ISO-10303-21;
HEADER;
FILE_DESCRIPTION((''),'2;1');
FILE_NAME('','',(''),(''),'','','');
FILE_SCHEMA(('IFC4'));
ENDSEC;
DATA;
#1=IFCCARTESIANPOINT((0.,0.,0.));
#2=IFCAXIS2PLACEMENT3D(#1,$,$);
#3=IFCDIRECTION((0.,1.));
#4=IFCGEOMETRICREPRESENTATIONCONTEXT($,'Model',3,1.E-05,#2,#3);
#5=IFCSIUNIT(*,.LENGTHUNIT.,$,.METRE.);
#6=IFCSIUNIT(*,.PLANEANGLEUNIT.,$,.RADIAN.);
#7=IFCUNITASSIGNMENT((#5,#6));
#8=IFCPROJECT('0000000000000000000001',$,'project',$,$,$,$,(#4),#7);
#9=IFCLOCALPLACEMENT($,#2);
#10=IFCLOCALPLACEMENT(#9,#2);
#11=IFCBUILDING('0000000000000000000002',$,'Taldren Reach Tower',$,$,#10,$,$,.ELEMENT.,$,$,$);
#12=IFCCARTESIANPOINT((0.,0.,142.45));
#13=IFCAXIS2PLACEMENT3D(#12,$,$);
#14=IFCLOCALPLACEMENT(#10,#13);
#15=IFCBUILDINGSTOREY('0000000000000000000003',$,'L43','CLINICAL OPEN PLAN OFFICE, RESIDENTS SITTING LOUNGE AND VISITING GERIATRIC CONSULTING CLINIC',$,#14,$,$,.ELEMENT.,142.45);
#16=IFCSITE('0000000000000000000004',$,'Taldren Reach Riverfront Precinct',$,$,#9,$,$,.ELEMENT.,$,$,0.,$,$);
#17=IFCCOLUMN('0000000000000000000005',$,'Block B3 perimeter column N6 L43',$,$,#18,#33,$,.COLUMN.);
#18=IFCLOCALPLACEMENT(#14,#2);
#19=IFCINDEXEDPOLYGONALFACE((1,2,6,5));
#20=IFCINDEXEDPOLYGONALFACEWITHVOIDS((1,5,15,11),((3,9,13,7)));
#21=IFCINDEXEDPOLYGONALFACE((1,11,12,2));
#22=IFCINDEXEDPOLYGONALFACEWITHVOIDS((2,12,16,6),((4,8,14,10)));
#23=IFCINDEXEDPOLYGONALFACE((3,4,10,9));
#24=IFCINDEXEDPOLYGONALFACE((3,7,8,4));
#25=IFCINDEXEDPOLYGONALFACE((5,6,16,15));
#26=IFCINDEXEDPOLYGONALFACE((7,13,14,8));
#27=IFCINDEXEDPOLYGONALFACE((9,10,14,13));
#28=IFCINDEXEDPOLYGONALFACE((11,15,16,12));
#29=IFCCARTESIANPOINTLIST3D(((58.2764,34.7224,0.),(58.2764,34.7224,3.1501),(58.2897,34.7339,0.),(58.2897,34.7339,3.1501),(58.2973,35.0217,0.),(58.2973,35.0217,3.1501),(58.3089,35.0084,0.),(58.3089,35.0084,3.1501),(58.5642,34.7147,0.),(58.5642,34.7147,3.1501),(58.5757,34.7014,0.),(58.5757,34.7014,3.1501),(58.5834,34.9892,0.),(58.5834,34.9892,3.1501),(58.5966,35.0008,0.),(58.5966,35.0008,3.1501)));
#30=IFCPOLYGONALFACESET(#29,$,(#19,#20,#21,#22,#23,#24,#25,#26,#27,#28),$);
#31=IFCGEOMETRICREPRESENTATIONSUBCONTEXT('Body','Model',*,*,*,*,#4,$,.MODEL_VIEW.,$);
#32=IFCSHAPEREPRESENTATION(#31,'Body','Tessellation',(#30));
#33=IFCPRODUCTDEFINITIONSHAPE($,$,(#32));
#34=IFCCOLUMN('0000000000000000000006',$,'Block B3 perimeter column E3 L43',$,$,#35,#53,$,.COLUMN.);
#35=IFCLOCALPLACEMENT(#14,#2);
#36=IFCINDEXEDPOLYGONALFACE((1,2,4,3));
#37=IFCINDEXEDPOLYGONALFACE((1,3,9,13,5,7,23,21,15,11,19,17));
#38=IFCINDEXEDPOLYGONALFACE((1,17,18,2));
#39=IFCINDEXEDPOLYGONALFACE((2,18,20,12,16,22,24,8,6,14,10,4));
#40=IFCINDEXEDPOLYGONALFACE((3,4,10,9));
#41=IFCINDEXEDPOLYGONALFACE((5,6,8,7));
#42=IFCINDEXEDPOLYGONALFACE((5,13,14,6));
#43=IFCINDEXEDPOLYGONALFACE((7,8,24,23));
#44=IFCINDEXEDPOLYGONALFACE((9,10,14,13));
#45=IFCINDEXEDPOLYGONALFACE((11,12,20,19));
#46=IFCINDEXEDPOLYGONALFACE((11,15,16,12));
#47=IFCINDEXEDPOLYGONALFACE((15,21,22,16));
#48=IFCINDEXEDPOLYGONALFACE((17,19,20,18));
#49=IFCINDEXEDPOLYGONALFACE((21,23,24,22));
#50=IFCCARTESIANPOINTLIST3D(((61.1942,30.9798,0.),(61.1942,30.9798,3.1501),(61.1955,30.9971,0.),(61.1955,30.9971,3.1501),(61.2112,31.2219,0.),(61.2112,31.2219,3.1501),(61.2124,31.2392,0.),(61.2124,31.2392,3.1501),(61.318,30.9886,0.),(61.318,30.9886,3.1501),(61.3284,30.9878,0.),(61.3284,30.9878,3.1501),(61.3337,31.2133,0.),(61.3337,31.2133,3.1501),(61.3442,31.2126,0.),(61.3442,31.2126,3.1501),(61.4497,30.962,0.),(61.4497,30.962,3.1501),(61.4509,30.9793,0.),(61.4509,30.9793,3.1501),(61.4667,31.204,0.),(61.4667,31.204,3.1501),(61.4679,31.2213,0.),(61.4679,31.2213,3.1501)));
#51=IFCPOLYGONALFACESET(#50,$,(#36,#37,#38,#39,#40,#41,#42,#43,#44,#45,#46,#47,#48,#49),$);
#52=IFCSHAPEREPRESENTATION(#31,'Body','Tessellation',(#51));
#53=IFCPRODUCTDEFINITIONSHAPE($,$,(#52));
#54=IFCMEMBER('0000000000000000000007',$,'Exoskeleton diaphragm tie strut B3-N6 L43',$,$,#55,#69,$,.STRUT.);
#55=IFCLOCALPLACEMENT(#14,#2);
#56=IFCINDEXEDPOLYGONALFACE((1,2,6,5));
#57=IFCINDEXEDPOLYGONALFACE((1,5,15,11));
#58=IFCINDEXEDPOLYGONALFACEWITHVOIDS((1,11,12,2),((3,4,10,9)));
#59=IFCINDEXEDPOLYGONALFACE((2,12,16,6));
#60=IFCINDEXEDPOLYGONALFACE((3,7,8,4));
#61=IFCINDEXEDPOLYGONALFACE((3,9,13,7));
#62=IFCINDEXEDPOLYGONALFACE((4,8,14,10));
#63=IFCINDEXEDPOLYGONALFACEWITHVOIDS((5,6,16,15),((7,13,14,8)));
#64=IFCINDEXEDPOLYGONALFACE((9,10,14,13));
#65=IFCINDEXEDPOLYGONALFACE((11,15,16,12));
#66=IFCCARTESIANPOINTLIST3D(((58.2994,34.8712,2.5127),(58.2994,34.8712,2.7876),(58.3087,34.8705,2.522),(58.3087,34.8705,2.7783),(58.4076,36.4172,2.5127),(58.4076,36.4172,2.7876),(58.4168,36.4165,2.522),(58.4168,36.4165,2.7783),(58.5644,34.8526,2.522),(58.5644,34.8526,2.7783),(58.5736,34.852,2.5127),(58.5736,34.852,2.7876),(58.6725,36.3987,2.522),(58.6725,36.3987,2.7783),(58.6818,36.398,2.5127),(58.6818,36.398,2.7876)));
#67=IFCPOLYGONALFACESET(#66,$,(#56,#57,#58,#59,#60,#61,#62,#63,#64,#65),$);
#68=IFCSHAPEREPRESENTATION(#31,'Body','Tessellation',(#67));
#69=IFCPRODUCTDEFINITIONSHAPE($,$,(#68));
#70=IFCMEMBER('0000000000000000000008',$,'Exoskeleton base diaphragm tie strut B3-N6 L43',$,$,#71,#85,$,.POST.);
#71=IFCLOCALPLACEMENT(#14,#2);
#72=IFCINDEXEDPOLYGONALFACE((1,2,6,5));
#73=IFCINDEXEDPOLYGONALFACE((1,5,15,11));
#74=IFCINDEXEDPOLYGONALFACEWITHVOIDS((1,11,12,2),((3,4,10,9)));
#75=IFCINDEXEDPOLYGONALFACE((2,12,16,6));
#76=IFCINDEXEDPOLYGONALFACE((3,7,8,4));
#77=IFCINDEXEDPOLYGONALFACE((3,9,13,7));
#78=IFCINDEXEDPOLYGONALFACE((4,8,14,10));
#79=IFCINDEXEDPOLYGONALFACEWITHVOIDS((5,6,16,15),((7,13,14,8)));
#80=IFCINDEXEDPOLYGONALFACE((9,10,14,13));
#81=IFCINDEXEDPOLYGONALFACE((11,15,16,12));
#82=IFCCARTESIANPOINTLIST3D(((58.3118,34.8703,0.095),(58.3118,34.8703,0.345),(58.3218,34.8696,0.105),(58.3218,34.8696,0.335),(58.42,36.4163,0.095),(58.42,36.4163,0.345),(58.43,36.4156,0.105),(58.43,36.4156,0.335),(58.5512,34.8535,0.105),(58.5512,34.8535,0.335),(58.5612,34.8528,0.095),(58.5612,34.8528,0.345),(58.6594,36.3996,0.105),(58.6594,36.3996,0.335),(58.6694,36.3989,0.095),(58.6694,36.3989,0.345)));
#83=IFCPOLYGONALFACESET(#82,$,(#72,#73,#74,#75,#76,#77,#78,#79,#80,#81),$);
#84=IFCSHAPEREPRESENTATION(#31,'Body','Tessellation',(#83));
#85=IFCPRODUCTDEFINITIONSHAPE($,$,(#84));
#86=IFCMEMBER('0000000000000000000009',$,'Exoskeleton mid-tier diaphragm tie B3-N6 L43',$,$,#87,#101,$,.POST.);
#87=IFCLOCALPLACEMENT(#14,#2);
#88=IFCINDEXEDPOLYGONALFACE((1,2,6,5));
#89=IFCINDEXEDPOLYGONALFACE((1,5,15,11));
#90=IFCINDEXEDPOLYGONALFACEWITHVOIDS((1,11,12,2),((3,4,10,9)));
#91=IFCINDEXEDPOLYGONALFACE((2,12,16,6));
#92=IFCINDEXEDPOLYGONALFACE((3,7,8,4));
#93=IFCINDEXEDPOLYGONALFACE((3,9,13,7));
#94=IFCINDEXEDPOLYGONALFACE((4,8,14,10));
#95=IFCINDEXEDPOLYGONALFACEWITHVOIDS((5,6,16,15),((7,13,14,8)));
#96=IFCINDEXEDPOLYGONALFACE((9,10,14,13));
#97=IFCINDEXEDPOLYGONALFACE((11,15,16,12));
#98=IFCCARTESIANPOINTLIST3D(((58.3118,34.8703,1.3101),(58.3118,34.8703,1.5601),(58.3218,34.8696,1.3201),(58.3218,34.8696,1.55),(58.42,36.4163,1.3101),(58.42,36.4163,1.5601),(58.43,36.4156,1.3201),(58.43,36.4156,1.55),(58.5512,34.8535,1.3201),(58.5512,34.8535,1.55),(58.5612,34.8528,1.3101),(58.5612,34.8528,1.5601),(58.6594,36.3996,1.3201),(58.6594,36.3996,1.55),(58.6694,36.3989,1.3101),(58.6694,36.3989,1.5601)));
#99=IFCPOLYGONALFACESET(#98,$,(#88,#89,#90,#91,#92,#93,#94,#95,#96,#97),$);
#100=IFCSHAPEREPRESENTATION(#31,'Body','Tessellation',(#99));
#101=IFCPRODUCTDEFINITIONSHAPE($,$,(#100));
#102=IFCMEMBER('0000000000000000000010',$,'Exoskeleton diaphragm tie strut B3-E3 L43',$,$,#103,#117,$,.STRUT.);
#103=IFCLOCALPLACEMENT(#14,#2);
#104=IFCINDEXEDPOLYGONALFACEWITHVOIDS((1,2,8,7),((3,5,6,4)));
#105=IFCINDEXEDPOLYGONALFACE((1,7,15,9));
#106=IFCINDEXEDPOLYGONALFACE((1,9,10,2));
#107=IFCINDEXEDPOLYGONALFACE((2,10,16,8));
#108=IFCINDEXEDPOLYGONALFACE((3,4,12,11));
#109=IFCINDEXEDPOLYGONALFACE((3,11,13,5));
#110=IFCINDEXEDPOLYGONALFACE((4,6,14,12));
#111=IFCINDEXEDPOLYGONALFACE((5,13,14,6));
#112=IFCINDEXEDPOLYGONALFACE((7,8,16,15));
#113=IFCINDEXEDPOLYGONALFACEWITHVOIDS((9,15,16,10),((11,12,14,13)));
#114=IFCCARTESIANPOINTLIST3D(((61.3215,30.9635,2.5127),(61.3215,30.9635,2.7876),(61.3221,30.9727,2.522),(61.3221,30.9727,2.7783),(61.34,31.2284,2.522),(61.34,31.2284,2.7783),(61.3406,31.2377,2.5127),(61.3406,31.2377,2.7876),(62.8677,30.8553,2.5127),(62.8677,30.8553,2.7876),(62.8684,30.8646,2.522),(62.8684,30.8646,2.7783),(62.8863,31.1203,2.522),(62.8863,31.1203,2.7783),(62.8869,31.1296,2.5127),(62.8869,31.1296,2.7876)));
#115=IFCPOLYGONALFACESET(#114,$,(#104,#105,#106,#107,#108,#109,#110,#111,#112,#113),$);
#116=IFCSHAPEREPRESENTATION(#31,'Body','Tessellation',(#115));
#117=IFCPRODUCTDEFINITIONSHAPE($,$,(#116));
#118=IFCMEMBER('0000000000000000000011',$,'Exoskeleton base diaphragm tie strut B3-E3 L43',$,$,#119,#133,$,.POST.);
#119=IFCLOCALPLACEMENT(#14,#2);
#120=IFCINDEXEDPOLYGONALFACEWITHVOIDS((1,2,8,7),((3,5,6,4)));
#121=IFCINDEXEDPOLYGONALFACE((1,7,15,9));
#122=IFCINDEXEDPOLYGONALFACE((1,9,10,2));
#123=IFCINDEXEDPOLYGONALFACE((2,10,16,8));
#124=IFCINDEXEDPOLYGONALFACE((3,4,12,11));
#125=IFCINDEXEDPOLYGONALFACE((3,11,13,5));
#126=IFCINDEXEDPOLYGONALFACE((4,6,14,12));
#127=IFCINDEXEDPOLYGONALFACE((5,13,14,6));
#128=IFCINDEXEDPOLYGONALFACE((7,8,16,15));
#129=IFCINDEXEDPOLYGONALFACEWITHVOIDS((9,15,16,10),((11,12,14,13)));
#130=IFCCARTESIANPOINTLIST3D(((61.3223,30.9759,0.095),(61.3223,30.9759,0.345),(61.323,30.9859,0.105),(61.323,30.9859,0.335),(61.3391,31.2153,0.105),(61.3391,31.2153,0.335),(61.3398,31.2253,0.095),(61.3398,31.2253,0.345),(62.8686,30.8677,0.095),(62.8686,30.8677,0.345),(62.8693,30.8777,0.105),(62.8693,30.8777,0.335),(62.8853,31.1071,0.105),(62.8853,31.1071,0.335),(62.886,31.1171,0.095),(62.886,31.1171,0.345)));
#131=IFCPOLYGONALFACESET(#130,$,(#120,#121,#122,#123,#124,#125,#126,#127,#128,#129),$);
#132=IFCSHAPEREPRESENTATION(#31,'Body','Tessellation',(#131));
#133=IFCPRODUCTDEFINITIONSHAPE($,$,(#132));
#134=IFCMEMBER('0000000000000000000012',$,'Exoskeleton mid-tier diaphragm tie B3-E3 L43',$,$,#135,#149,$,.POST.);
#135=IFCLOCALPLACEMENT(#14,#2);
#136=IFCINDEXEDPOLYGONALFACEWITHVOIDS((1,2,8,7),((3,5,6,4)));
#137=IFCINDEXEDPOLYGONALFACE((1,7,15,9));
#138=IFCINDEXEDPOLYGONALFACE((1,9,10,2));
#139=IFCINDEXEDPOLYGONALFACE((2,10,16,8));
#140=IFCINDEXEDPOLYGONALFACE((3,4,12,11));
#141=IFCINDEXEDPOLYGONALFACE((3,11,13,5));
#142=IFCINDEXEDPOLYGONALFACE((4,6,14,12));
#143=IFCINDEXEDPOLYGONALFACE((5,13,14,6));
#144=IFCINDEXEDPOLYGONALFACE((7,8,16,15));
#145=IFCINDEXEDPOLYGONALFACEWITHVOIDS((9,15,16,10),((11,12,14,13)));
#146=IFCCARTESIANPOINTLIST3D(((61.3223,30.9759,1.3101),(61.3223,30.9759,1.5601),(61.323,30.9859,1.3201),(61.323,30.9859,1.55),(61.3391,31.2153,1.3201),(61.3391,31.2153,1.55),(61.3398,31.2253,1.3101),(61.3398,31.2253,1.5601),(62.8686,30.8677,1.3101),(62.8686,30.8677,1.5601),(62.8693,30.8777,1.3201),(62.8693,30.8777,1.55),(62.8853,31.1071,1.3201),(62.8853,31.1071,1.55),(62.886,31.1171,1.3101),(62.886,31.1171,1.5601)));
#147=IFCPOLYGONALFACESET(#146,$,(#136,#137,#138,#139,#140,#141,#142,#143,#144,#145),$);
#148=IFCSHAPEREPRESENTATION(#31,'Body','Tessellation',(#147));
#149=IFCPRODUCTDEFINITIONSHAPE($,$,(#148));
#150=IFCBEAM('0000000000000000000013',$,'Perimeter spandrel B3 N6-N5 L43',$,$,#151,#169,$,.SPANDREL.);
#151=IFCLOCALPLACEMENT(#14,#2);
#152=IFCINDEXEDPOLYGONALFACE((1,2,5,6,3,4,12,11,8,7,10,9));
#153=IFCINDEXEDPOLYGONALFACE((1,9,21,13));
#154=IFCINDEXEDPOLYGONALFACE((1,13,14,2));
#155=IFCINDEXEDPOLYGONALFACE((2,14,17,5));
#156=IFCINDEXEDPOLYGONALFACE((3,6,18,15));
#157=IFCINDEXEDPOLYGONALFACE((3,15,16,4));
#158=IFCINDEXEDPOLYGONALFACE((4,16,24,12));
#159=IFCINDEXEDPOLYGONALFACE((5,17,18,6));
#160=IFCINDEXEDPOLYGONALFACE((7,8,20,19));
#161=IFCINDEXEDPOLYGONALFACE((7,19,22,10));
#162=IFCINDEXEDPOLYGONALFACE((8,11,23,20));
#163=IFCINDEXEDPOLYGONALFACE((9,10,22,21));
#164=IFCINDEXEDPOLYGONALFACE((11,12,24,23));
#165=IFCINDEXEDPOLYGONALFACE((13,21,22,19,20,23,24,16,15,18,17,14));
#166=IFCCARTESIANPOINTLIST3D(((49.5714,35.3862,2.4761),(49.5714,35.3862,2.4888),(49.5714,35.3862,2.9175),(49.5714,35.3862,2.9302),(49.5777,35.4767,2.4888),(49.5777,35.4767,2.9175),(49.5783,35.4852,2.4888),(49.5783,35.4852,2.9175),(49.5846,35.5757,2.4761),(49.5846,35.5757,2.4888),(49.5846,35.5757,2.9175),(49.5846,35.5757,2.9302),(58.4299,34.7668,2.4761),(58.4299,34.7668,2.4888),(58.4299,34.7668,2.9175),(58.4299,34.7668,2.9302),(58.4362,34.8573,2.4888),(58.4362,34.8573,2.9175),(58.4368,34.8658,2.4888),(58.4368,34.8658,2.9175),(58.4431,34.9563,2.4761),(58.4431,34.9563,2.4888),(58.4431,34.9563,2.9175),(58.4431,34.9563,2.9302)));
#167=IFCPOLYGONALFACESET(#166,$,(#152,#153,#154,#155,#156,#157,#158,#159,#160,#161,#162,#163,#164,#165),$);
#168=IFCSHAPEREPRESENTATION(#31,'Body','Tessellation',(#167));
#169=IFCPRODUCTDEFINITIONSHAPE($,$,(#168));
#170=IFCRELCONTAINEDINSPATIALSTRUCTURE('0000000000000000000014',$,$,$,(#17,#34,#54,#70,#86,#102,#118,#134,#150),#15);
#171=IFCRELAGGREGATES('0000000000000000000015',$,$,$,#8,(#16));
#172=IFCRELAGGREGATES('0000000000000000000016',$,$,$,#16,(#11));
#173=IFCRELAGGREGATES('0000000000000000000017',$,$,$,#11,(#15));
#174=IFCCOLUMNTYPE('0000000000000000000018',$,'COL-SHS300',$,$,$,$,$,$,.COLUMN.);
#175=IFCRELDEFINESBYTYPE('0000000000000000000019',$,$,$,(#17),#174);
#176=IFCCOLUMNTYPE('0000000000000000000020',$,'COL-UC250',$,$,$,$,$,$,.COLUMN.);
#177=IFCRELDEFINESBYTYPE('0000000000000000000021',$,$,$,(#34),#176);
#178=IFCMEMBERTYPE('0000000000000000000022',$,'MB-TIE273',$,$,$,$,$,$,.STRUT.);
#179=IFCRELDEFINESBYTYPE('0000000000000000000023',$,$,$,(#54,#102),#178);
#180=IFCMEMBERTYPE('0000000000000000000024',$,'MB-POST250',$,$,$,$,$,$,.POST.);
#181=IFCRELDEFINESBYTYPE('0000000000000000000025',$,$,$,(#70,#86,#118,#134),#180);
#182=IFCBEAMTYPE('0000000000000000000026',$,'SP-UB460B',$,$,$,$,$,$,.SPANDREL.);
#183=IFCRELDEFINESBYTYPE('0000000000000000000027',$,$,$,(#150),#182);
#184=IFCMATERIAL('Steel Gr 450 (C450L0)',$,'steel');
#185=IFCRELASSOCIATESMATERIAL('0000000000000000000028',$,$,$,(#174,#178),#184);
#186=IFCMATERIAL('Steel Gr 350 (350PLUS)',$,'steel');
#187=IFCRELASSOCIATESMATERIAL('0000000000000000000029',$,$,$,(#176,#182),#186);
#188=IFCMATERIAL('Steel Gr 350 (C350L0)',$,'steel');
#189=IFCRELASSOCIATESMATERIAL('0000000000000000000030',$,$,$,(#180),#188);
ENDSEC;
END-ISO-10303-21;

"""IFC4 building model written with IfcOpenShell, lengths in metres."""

from ifc_helpers import new_model, si_unit, direction, frame, origin, origin_2d, place, context, subcontext, project, spatial, hollow_rectangle, i_section, extrude, source, transform, mapped, material, material_profile, profile_set, type_object, element, save


model = new_model("IFC4")

# Units and contexts
model_context = context("Model", 3, precision=1e-05, world=origin(), true_north=direction((0.0, 1.0)))
body_context = subcontext(model_context, "Body", "Model", "MODEL_VIEW")
ifc_project = project(units=[si_unit("LENGTHUNIT", "METRE"), si_unit("PLANEANGLEUNIT", "RADIAN")], contexts=[model_context])

# Site, building, storey
site_placement = place(None, origin())
site = spatial("IfcSite", under=ifc_project, at=site_placement, Name="Taldren Reach Riverfront Precinct", CompositionType="ELEMENT", RefElevation=0.0)
building_placement = place(site_placement, origin())
building = spatial("IfcBuilding", under=site, at=building_placement, Name="Taldren Reach Tower", CompositionType="ELEMENT")
storey_placement = place(building_placement, frame((0.0, 0.0, 142.45)))
storey = spatial("IfcBuildingStorey", under=building, at=storey_placement, Name="L43", Description="CLINICAL OPEN PLAN OFFICE, RESIDENTS SITTING LOUNGE AND VISITING GERIATRIC CONSULTING CLINIC", CompositionType="ELEMENT", Elevation=142.45)

# Columns
ifc_material_1 = material(Name="Steel Gr 450 (C450L0)", Category="steel")
ifc_material_profile_1 = material_profile(ifc_material_1, hollow_rectangle(XDim=0.3, YDim=0.3, WallThickness=0.0125, at=origin_2d()), Name="300x300x12.5SHS")
ifc_profile_set_1 = profile_set([ifc_material_profile_1], Name="Steel Gr 450 (C450L0)")
column_type_1 = type_object("IfcColumnType", Name="COL-SHS300", PredefinedType="COLUMN", material=ifc_profile_set_1)
shared_shape_1 = source(origin(), body_context, "Body", "SweptSolid", [
    extrude(hollow_rectangle(XDim=0.3, YDim=0.3, WallThickness=0.0125, at=origin_2d()), origin(), (0.0, 0.0, 1.0), 3.1501),
])
column_1_placement = place(storey_placement, frame((58.4365, 34.8616, 0.0), z_axis=(0.0, 0.0, 1.0), x_axis=(0.997564, -0.069756, 0.0)))
element("IfcColumn", 1, at=column_1_placement, inside=storey, type_object=column_type_1, Name="Block B3 perimeter column N6 L43", PredefinedType="COLUMN", context=body_context, shape_type="MappedRepresentation", body=[
    mapped(shared_shape_1, transform((0.0, 0.0, 0.0), scale=1.0)),
])
ifc_material_2 = material(Name="Steel Gr 350 (350PLUS)", Category="steel")
ifc_material_profile_2 = material_profile(ifc_material_2, i_section(OverallWidth=0.2561, OverallDepth=0.26, WebThickness=0.0105, FlangeThickness=0.0173, at=origin_2d()), Name="250UC89.5")
ifc_profile_set_2 = profile_set([ifc_material_profile_2], Name="Steel Gr 350 (350PLUS)")
column_type_2 = type_object("IfcColumnType", Name="COL-UC250", PredefinedType="COLUMN", material=ifc_profile_set_2)
shared_shape_2 = source(origin(), body_context, "Body", "SweptSolid", [
    extrude(i_section(OverallWidth=0.2561, OverallDepth=0.26, WebThickness=0.0105, FlangeThickness=0.0173, at=origin_2d()), origin(), (0.0, 0.0, 1.0), 3.1501),
])
column_2_placement = place(storey_placement, frame((61.3311, 31.1006, 0.0), z_axis=(0.0, 0.0, 1.0), x_axis=(0.997564, -0.069756, 0.0)))
element("IfcColumn", 2, at=column_2_placement, inside=storey, type_object=column_type_2, Name="Block B3 perimeter column E3 L43", PredefinedType="COLUMN", context=body_context, shape_type="MappedRepresentation", body=[
    mapped(shared_shape_2, transform((0.0, 0.0, 0.0), scale=1.0)),
])

# Members
ifc_material_profile_3 = material_profile(ifc_material_1, hollow_rectangle(XDim=0.2749, YDim=0.2749, WallThickness=0.0093, at=origin_2d()), Name="275x275x9.3SHS")
ifc_profile_set_3 = profile_set([ifc_material_profile_3], Name="Steel Gr 450 (C450L0)")
member_type_1 = type_object("IfcMemberType", Name="MB-TIE273", PredefinedType="STRUT", material=ifc_profile_set_3)
shared_shape_3 = source(origin(), body_context, "Body", "SweptSolid", [
    extrude(hollow_rectangle(XDim=0.2749, YDim=0.2749, WallThickness=0.0093, at=origin_2d()), origin(), (0.0, 0.0, 1.0), 1.5498),
])
member_1_placement = place(storey_placement, frame((58.4365, 34.8616, 2.6501), z_axis=(0.069781, 0.997562, 0.0), x_axis=(-0.997562, 0.069781, 0.0)))
element("IfcMember", 3, at=member_1_placement, inside=storey, type_object=member_type_1, Name="Exoskeleton diaphragm tie strut B3-N6 L43", PredefinedType="STRUT", context=body_context, shape_type="MappedRepresentation", body=[
    mapped(shared_shape_3, transform((0.0, 0.0, 0.0), scale=1.0)),
])
ifc_material_3 = material(Name="Steel Gr 350 (C350L0)", Category="steel")
ifc_material_profile_4 = material_profile(ifc_material_3, hollow_rectangle(XDim=0.25, YDim=0.25, WallThickness=0.01, at=origin_2d()), Name="250x250x10.0SHS")
ifc_profile_set_4 = profile_set([ifc_material_profile_4], Name="Steel Gr 350 (C350L0)")
member_type_2 = type_object("IfcMemberType", Name="MB-POST250", PredefinedType="POST", material=ifc_profile_set_4)
shared_shape_4 = source(origin(), body_context, "Body", "SweptSolid", [
    extrude(hollow_rectangle(XDim=0.25, YDim=0.25, WallThickness=0.01, at=origin_2d()), origin(), (0.0, 0.0, 1.0), 1.5498),
])
for number, where, z_axis, x_axis, name in (
    (4, (58.4365, 34.8616, 0.22), (0.069781, 0.997562, 0.0), (-0.997562, 0.069781, 0.0), "Exoskeleton base diaphragm tie strut B3-N6 L43"),
    (5, (58.4365, 34.8616, 1.4351), (0.069781, 0.997562, 0.0), (-0.997562, 0.069781, 0.0), "Exoskeleton mid-tier diaphragm tie B3-N6 L43"),
):
    element("IfcMember", number, at=place(storey_placement, frame(where, z_axis=z_axis, x_axis=x_axis)), inside=storey, type_object=member_type_2, Name=name, PredefinedType="POST", context=body_context, shape_type="MappedRepresentation", body=[
        mapped(shared_shape_4, transform((0.0, 0.0, 0.0), scale=1.0)),
    ])
shared_shape_5 = source(origin(), body_context, "Body", "SweptSolid", [
    extrude(hollow_rectangle(XDim=0.2749, YDim=0.2749, WallThickness=0.0093, at=origin_2d()), origin(), (0.0, 0.0, 1.0), 1.55),
])
member_2_placement = place(storey_placement, frame((61.3311, 31.1006, 2.6501), z_axis=(0.997563, -0.06977, 0.0), x_axis=(0.06977, 0.997563, 0.0)))
element("IfcMember", 6, at=member_2_placement, inside=storey, type_object=member_type_1, Name="Exoskeleton diaphragm tie strut B3-E3 L43", PredefinedType="STRUT", context=body_context, shape_type="MappedRepresentation", body=[
    mapped(shared_shape_5, transform((0.0, 0.0, 0.0), scale=1.0)),
])
shared_shape_6 = source(origin(), body_context, "Body", "SweptSolid", [
    extrude(hollow_rectangle(XDim=0.25, YDim=0.25, WallThickness=0.01, at=origin_2d()), origin(), (0.0, 0.0, 1.0), 1.55),
])
for number, where, z_axis, x_axis, name in (
    (7, (61.3311, 31.1006, 0.22), (0.997563, -0.06977, 0.0), (0.06977, 0.997563, 0.0), "Exoskeleton base diaphragm tie strut B3-E3 L43"),
    (8, (61.3311, 31.1006, 1.4351), (0.997563, -0.06977, 0.0), (0.06977, 0.997563, 0.0), "Exoskeleton mid-tier diaphragm tie B3-E3 L43"),
):
    element("IfcMember", number, at=place(storey_placement, frame(where, z_axis=z_axis, x_axis=x_axis)), inside=storey, type_object=member_type_2, Name=name, PredefinedType="POST", context=body_context, shape_type="MappedRepresentation", body=[
        mapped(shared_shape_6, transform((0.0, 0.0, 0.0), scale=1.0)),
    ])

# Beam
ifc_material_profile_5 = material_profile(ifc_material_2, i_section(OverallWidth=0.1899, OverallDepth=0.4541, WebThickness=0.0085, FlangeThickness=0.0127, at=origin_2d()), Name="460UB67.1")
ifc_profile_set_5 = profile_set([ifc_material_profile_5], Name="Steel Gr 350 (350PLUS)")
beam_type = type_object("IfcBeamType", Name="SP-UB460B", PredefinedType="SPANDREL", material=ifc_profile_set_5)
shared_shape_7 = source(origin(), body_context, "Body", "SweptSolid", [
    extrude(i_section(OverallWidth=0.1899, OverallDepth=0.4541, WebThickness=0.0085, FlangeThickness=0.0127, at=origin_2d()), origin(), (0.0, 0.0, 1.0), 8.8801),
])
beam_1_placement = place(storey_placement, frame((58.4365, 34.8616, 2.7031), z_axis=(-0.997564, 0.06975, 0.0), x_axis=(-0.06975, -0.997564, 0.0)))
element("IfcBeam", 9, at=beam_1_placement, inside=storey, type_object=beam_type, Name="Perimeter spandrel B3 N6-N5 L43", PredefinedType="SPANDREL", context=body_context, shape_type="MappedRepresentation", body=[
    mapped(shared_shape_7, transform((0.0, 0.0, 0.0), scale=1.0)),
])

save(model, "model.ifc")
